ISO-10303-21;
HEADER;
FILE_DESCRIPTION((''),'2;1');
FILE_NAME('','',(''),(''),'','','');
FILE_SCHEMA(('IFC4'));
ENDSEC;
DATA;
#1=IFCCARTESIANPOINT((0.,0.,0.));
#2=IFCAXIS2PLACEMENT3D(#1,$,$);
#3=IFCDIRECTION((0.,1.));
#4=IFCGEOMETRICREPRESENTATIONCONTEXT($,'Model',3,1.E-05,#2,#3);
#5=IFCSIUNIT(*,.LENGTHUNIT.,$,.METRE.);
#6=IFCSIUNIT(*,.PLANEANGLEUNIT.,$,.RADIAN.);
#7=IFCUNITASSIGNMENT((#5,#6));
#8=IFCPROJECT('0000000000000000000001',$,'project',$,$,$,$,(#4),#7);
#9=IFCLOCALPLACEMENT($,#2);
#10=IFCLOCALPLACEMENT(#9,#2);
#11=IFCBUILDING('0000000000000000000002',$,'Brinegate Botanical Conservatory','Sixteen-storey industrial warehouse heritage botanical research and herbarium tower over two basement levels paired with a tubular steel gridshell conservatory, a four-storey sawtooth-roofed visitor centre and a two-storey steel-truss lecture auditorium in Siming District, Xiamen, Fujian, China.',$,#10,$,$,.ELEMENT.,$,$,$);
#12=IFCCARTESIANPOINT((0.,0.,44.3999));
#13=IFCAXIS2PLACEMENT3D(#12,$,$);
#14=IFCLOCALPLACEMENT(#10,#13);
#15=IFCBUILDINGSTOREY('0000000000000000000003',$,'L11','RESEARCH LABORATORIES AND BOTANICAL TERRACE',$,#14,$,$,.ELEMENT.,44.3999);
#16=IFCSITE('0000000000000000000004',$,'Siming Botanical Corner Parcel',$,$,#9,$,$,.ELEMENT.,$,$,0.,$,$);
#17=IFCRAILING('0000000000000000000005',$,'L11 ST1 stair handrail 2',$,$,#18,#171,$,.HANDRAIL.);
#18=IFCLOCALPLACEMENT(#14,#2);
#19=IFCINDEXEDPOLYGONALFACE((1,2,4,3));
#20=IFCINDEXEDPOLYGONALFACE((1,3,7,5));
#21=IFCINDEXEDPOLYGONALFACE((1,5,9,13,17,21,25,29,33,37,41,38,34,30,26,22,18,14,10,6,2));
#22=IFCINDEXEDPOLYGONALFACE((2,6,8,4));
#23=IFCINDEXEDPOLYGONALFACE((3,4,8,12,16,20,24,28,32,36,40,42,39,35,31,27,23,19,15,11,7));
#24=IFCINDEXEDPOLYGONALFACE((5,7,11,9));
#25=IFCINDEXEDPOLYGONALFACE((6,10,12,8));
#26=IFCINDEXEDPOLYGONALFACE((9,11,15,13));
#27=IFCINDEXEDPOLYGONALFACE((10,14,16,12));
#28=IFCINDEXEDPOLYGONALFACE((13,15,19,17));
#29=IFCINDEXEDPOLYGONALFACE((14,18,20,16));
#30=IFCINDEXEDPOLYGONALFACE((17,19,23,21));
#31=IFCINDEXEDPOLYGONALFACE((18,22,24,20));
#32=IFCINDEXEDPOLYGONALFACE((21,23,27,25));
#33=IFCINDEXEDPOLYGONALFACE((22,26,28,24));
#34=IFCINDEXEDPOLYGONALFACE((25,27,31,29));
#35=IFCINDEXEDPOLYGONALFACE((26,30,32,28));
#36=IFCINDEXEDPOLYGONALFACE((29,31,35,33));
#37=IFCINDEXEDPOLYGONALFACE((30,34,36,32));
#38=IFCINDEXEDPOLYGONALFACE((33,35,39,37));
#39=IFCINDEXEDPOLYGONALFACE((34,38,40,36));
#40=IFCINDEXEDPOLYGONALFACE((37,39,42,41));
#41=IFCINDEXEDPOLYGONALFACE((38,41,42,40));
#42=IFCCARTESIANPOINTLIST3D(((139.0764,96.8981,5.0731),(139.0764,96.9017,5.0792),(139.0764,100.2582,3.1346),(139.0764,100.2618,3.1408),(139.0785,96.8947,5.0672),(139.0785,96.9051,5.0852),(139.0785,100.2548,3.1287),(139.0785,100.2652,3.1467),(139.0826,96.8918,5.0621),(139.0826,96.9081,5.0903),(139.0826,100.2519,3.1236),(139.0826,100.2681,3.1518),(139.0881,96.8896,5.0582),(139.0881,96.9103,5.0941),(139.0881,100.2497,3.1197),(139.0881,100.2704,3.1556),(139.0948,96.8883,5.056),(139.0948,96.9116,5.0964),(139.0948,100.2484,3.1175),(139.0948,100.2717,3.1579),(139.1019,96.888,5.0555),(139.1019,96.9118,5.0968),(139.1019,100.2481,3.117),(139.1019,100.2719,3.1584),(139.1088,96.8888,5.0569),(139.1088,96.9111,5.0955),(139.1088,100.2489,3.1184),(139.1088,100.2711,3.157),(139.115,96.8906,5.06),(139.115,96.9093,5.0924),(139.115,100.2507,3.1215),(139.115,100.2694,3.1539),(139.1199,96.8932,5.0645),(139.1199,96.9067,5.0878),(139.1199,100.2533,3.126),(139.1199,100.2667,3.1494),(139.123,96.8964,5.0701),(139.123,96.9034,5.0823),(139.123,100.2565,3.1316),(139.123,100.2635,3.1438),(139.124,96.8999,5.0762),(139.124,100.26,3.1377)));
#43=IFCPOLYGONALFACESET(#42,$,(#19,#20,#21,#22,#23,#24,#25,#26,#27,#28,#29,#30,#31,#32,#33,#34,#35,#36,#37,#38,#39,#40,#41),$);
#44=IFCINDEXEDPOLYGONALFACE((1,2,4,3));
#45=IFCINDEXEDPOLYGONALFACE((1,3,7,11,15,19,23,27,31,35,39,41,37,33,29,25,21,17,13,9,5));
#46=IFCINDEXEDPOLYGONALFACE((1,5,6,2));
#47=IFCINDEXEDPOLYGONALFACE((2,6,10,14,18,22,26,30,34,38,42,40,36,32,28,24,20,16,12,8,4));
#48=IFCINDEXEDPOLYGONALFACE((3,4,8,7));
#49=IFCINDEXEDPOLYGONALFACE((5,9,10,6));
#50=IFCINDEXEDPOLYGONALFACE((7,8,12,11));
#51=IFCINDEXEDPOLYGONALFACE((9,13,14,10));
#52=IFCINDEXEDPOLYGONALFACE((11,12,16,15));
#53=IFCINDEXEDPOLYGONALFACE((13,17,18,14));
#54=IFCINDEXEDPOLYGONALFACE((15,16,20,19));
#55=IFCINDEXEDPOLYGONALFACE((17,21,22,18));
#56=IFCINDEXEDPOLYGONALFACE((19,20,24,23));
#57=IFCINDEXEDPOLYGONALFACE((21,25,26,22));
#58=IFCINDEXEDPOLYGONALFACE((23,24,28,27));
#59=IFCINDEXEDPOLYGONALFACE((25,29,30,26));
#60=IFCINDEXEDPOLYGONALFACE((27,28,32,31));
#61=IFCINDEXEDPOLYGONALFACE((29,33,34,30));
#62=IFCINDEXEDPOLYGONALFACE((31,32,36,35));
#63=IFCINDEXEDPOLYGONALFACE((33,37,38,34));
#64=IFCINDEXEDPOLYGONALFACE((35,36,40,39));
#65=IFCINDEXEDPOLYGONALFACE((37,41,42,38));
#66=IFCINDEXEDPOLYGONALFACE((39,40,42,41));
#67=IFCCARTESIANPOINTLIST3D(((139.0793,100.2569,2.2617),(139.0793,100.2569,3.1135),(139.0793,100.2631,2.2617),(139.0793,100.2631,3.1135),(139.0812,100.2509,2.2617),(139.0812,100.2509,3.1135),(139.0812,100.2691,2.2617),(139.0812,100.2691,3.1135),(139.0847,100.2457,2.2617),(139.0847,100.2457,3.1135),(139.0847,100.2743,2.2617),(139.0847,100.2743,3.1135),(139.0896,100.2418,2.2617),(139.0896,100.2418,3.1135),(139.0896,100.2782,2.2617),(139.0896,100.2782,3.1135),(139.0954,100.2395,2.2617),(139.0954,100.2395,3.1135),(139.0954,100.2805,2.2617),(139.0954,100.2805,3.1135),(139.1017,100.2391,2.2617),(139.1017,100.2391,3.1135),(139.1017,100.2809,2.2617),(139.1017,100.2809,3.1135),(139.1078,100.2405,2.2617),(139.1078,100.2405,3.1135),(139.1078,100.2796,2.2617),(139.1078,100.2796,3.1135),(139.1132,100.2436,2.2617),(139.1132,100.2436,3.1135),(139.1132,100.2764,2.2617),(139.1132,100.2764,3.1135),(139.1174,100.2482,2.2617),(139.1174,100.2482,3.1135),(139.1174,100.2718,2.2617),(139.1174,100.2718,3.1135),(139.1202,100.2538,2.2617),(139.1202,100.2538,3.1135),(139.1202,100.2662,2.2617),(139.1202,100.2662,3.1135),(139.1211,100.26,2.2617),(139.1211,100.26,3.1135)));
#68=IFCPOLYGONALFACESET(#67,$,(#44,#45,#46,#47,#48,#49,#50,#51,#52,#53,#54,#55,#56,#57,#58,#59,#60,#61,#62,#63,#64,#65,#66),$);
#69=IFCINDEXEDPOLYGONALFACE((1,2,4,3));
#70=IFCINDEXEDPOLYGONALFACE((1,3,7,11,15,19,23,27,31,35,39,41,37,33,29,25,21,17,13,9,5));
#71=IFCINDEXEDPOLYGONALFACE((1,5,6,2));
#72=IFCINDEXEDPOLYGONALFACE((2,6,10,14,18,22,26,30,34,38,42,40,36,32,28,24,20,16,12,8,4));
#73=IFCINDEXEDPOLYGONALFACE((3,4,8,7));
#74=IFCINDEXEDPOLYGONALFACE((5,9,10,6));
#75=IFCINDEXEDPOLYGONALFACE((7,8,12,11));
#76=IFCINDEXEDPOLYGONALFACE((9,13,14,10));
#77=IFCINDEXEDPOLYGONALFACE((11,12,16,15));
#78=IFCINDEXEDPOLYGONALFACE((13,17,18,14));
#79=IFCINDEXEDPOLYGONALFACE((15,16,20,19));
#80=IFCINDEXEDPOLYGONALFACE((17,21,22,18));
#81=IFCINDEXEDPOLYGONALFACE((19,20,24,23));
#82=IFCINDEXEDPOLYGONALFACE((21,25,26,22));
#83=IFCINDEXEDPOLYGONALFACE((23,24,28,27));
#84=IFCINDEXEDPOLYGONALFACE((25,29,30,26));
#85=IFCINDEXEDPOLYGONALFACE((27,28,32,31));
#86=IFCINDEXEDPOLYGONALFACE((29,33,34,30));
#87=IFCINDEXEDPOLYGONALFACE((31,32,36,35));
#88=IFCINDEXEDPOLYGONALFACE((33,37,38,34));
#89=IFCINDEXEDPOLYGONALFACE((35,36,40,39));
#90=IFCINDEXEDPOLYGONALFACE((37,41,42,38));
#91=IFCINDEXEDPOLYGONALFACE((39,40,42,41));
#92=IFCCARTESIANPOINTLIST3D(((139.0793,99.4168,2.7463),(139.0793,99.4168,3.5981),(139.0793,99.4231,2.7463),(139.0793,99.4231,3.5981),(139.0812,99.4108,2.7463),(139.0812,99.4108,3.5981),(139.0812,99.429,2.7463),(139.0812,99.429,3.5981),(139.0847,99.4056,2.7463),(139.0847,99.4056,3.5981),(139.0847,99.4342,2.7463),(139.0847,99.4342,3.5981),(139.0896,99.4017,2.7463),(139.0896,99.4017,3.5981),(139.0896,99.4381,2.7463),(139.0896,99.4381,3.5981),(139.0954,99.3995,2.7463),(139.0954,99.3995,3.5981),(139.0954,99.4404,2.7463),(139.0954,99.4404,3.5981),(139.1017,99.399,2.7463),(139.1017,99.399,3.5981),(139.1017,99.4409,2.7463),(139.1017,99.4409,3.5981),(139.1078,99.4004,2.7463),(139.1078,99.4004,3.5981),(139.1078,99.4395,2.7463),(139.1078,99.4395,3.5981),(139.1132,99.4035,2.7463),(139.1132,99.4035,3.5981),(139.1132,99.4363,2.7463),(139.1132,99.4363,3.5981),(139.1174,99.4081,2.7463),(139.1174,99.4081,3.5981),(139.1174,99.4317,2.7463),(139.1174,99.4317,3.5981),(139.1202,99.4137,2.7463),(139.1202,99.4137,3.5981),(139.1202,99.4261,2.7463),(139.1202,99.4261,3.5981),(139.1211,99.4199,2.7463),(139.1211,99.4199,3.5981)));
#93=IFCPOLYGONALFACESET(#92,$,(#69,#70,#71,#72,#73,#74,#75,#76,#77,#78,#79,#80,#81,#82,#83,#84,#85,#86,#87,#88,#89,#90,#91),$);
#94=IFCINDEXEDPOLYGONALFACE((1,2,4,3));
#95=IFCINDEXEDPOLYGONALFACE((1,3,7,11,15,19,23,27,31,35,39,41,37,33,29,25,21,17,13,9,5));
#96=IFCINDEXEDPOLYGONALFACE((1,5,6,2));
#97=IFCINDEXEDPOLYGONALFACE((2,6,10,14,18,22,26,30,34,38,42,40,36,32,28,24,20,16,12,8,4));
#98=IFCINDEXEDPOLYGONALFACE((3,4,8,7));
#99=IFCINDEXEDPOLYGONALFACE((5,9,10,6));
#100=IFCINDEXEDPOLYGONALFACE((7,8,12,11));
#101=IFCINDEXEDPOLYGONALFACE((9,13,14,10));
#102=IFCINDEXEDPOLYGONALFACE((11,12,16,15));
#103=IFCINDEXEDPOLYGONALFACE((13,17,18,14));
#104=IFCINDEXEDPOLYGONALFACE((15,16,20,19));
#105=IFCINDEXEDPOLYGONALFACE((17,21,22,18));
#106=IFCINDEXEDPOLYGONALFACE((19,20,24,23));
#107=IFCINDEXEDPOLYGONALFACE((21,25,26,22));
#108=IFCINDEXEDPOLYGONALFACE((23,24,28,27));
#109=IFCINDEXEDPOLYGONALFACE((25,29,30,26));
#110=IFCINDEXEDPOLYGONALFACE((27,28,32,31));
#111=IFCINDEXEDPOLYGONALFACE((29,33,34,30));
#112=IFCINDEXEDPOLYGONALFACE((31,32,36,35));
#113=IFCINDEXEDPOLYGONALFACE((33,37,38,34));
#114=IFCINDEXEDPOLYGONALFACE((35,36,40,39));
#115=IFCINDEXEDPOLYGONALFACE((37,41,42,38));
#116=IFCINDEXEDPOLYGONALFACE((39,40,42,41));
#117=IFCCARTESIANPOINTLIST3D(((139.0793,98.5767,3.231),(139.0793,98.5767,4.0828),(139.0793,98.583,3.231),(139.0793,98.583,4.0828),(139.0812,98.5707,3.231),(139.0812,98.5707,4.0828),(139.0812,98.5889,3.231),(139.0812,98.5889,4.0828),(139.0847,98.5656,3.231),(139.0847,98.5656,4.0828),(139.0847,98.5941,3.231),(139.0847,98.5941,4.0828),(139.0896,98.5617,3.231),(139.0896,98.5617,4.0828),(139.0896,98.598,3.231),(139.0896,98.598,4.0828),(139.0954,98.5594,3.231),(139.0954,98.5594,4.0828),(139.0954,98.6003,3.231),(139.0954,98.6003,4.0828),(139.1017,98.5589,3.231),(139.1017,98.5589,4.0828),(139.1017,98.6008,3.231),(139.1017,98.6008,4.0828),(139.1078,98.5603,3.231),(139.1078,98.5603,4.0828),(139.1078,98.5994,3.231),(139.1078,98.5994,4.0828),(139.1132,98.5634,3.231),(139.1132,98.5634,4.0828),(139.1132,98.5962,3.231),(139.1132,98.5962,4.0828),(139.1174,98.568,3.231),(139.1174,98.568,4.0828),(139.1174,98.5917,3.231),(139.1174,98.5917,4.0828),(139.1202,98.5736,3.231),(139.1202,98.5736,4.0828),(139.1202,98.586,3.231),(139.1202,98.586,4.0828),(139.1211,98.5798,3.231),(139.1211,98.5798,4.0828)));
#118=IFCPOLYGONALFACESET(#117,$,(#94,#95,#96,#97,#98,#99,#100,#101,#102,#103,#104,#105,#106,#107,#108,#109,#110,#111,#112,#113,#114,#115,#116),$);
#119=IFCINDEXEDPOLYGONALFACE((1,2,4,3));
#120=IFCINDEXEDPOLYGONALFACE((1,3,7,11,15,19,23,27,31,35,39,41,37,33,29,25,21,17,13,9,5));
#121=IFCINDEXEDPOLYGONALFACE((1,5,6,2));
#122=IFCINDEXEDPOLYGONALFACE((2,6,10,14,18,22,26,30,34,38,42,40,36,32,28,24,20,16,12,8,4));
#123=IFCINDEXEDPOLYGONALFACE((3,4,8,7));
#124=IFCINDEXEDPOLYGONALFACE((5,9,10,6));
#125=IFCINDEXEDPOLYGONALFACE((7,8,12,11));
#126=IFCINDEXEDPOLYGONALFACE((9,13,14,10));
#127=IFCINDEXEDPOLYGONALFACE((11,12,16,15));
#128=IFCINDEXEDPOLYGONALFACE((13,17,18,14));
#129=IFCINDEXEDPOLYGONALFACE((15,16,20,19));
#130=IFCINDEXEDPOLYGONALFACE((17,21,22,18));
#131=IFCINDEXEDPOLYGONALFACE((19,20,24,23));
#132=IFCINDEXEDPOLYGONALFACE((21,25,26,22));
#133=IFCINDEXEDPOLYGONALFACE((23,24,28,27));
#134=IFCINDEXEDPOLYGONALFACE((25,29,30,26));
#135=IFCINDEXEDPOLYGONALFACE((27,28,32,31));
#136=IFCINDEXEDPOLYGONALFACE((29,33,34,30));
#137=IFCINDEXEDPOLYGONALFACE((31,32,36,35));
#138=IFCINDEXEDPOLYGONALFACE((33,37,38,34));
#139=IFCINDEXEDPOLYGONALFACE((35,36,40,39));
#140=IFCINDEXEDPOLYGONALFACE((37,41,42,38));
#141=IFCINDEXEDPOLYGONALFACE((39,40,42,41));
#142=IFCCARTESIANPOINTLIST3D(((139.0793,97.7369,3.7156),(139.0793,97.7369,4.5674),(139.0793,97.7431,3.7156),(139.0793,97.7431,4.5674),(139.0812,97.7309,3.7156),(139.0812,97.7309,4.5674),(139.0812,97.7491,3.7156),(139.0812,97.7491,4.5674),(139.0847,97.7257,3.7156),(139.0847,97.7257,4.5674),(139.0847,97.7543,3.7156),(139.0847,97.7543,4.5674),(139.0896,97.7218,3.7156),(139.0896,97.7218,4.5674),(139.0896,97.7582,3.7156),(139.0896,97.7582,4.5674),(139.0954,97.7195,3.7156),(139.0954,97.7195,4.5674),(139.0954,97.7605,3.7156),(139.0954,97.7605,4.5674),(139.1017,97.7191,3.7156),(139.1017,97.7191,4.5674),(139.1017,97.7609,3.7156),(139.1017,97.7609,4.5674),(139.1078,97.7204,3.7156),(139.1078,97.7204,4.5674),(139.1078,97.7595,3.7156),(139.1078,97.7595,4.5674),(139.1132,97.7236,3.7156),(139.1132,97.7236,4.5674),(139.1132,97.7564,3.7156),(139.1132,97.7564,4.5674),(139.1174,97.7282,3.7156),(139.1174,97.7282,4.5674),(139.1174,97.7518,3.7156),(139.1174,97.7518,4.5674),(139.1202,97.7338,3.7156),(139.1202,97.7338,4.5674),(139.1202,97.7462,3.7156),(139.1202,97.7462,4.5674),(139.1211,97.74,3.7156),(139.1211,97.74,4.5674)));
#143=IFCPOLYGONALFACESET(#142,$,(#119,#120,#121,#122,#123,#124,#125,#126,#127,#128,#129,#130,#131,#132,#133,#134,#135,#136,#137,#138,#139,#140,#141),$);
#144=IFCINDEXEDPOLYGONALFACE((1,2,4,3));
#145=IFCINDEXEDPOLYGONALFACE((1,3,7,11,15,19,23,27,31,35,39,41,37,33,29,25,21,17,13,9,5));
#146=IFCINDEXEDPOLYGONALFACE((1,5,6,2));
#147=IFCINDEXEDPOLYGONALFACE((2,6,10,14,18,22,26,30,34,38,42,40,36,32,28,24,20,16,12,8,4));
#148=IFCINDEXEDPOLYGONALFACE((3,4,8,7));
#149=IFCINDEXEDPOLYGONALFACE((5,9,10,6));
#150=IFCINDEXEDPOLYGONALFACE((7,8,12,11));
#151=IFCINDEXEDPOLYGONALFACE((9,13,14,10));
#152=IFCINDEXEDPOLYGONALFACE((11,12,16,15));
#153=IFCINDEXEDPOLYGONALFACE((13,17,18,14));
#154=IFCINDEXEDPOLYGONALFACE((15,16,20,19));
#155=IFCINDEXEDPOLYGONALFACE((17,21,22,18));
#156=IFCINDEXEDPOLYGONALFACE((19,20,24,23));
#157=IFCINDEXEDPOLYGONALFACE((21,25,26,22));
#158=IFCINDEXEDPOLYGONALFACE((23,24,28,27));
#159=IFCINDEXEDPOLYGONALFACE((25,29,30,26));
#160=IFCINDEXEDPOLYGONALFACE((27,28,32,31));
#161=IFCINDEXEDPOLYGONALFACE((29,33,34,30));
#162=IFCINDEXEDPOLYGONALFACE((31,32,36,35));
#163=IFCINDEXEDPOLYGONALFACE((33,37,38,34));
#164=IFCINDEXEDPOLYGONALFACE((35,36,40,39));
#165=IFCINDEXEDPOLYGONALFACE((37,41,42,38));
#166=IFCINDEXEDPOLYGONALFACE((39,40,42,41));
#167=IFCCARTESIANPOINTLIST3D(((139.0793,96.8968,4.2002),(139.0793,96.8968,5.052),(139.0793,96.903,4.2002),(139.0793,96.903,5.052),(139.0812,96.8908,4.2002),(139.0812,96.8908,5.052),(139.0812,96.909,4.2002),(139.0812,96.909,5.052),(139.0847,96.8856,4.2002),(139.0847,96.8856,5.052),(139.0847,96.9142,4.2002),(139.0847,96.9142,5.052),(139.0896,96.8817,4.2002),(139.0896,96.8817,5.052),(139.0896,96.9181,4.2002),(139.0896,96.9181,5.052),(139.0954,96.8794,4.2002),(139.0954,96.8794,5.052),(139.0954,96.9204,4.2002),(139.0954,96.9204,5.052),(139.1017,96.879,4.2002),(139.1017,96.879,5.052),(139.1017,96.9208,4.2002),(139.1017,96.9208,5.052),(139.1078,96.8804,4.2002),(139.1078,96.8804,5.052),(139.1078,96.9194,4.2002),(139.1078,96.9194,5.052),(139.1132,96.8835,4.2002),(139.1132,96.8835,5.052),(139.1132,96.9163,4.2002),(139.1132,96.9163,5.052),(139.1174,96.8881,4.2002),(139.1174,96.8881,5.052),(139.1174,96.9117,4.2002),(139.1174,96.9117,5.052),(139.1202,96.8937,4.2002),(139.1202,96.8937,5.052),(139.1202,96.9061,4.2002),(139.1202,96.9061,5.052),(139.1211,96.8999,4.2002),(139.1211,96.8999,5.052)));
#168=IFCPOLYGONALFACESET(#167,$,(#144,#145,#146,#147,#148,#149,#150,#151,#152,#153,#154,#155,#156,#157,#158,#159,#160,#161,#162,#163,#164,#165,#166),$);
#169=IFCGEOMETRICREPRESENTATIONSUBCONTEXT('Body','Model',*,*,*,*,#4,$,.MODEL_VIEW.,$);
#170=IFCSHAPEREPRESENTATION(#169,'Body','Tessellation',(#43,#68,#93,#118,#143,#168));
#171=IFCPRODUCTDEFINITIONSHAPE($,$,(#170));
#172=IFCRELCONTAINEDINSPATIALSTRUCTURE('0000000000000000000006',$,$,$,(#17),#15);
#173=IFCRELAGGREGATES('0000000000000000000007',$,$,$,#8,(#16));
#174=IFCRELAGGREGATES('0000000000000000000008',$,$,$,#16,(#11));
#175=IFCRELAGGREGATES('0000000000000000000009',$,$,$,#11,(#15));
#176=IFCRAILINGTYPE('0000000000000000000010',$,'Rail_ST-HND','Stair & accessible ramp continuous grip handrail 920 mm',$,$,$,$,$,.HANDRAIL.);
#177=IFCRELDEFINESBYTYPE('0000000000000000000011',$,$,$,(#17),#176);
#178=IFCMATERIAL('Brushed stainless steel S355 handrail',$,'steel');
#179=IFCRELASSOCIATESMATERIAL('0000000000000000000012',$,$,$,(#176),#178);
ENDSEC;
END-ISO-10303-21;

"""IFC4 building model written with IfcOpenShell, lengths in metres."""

from ifc_helpers import new_model, si_unit, direction, frame, origin, origin_2d, place, context, subcontext, project, spatial, circle, extrude, material, type_object, element, save


model = new_model("IFC4")

# Units and contexts
model_context = context("Model", 3, precision=1e-05, world=origin(), true_north=direction((0.0, 1.0)))
body_context = subcontext(model_context, "Body", "Model", "MODEL_VIEW")
ifc_project = project(units=[si_unit("LENGTHUNIT", "METRE"), si_unit("PLANEANGLEUNIT", "RADIAN")], contexts=[model_context])

# Site, building, storey
site_placement = place(None, origin())
site = spatial("IfcSite", under=ifc_project, at=site_placement, Name="Siming Botanical Corner Parcel", CompositionType="ELEMENT", RefElevation=0.0)
building_placement = place(site_placement, origin())
building = spatial("IfcBuilding", under=site, at=building_placement, Name="Brinegate Botanical Conservatory", Description="Sixteen-storey industrial warehouse heritage botanical research and herbarium tower over two basement levels paired with a tubular steel gridshell conservatory, a four-storey sawtooth-roofed visitor centre and a two-storey steel-truss lecture auditorium in Siming District, Xiamen, Fujian, China.", CompositionType="ELEMENT")
storey_placement = place(building_placement, frame((0.0, 0.0, 44.3999)))
storey = spatial("IfcBuildingStorey", under=building, at=storey_placement, Name="L11", Description="RESEARCH LABORATORIES AND BOTANICAL TERRACE", CompositionType="ELEMENT", Elevation=44.3999)

# Railing
ifc_material_1 = material(Name="Brushed stainless steel S355 handrail", Category="steel")
railing_type_1 = type_object("IfcRailingType", Name="Rail_ST-HND", Description="Stair & accessible ramp continuous grip handrail 920 mm", PredefinedType="HANDRAIL", material=ifc_material_1)
railing_1_placement = place(storey_placement, frame((139.1001, 100.26, 2.2617)))
element("IfcRailing", 1, at=railing_1_placement, inside=storey, type_object=railing_type_1, Name="L11 ST1 stair handrail 2", PredefinedType="HANDRAIL", context=body_context, shape_type="SweptSolid", body=[
    extrude(circle(Radius=0.0239, at=origin_2d()), frame((0.0, 0.0, 0.876), z_axis=(0.0, -0.866191, 0.499713), x_axis=(1.0, 0.0, 0.0)), (0.0, 0.0, 1.0), 3.8792),
    extrude(circle(Radius=0.021, at=origin_2d()), origin(), (0.0, 0.0, 1.0), 0.8518),
    extrude(circle(Radius=0.021, at=origin_2d()), frame((0.0, -0.8401, 0.4846)), (0.0, 0.0, 1.0), 0.8518),
    extrude(circle(Radius=0.021, at=origin_2d()), frame((0.0, -1.6802, 0.9692)), (0.0, 0.0, 1.0), 0.8518),
    extrude(circle(Radius=0.021, at=origin_2d()), frame((0.0, -2.52, 1.4539)), (0.0, 0.0, 1.0), 0.8518),
    extrude(circle(Radius=0.021, at=origin_2d()), frame((0.0, -3.3601, 1.9385)), (0.0, 0.0, 1.0), 0.8518),
])

save(model, "model.ifc")
